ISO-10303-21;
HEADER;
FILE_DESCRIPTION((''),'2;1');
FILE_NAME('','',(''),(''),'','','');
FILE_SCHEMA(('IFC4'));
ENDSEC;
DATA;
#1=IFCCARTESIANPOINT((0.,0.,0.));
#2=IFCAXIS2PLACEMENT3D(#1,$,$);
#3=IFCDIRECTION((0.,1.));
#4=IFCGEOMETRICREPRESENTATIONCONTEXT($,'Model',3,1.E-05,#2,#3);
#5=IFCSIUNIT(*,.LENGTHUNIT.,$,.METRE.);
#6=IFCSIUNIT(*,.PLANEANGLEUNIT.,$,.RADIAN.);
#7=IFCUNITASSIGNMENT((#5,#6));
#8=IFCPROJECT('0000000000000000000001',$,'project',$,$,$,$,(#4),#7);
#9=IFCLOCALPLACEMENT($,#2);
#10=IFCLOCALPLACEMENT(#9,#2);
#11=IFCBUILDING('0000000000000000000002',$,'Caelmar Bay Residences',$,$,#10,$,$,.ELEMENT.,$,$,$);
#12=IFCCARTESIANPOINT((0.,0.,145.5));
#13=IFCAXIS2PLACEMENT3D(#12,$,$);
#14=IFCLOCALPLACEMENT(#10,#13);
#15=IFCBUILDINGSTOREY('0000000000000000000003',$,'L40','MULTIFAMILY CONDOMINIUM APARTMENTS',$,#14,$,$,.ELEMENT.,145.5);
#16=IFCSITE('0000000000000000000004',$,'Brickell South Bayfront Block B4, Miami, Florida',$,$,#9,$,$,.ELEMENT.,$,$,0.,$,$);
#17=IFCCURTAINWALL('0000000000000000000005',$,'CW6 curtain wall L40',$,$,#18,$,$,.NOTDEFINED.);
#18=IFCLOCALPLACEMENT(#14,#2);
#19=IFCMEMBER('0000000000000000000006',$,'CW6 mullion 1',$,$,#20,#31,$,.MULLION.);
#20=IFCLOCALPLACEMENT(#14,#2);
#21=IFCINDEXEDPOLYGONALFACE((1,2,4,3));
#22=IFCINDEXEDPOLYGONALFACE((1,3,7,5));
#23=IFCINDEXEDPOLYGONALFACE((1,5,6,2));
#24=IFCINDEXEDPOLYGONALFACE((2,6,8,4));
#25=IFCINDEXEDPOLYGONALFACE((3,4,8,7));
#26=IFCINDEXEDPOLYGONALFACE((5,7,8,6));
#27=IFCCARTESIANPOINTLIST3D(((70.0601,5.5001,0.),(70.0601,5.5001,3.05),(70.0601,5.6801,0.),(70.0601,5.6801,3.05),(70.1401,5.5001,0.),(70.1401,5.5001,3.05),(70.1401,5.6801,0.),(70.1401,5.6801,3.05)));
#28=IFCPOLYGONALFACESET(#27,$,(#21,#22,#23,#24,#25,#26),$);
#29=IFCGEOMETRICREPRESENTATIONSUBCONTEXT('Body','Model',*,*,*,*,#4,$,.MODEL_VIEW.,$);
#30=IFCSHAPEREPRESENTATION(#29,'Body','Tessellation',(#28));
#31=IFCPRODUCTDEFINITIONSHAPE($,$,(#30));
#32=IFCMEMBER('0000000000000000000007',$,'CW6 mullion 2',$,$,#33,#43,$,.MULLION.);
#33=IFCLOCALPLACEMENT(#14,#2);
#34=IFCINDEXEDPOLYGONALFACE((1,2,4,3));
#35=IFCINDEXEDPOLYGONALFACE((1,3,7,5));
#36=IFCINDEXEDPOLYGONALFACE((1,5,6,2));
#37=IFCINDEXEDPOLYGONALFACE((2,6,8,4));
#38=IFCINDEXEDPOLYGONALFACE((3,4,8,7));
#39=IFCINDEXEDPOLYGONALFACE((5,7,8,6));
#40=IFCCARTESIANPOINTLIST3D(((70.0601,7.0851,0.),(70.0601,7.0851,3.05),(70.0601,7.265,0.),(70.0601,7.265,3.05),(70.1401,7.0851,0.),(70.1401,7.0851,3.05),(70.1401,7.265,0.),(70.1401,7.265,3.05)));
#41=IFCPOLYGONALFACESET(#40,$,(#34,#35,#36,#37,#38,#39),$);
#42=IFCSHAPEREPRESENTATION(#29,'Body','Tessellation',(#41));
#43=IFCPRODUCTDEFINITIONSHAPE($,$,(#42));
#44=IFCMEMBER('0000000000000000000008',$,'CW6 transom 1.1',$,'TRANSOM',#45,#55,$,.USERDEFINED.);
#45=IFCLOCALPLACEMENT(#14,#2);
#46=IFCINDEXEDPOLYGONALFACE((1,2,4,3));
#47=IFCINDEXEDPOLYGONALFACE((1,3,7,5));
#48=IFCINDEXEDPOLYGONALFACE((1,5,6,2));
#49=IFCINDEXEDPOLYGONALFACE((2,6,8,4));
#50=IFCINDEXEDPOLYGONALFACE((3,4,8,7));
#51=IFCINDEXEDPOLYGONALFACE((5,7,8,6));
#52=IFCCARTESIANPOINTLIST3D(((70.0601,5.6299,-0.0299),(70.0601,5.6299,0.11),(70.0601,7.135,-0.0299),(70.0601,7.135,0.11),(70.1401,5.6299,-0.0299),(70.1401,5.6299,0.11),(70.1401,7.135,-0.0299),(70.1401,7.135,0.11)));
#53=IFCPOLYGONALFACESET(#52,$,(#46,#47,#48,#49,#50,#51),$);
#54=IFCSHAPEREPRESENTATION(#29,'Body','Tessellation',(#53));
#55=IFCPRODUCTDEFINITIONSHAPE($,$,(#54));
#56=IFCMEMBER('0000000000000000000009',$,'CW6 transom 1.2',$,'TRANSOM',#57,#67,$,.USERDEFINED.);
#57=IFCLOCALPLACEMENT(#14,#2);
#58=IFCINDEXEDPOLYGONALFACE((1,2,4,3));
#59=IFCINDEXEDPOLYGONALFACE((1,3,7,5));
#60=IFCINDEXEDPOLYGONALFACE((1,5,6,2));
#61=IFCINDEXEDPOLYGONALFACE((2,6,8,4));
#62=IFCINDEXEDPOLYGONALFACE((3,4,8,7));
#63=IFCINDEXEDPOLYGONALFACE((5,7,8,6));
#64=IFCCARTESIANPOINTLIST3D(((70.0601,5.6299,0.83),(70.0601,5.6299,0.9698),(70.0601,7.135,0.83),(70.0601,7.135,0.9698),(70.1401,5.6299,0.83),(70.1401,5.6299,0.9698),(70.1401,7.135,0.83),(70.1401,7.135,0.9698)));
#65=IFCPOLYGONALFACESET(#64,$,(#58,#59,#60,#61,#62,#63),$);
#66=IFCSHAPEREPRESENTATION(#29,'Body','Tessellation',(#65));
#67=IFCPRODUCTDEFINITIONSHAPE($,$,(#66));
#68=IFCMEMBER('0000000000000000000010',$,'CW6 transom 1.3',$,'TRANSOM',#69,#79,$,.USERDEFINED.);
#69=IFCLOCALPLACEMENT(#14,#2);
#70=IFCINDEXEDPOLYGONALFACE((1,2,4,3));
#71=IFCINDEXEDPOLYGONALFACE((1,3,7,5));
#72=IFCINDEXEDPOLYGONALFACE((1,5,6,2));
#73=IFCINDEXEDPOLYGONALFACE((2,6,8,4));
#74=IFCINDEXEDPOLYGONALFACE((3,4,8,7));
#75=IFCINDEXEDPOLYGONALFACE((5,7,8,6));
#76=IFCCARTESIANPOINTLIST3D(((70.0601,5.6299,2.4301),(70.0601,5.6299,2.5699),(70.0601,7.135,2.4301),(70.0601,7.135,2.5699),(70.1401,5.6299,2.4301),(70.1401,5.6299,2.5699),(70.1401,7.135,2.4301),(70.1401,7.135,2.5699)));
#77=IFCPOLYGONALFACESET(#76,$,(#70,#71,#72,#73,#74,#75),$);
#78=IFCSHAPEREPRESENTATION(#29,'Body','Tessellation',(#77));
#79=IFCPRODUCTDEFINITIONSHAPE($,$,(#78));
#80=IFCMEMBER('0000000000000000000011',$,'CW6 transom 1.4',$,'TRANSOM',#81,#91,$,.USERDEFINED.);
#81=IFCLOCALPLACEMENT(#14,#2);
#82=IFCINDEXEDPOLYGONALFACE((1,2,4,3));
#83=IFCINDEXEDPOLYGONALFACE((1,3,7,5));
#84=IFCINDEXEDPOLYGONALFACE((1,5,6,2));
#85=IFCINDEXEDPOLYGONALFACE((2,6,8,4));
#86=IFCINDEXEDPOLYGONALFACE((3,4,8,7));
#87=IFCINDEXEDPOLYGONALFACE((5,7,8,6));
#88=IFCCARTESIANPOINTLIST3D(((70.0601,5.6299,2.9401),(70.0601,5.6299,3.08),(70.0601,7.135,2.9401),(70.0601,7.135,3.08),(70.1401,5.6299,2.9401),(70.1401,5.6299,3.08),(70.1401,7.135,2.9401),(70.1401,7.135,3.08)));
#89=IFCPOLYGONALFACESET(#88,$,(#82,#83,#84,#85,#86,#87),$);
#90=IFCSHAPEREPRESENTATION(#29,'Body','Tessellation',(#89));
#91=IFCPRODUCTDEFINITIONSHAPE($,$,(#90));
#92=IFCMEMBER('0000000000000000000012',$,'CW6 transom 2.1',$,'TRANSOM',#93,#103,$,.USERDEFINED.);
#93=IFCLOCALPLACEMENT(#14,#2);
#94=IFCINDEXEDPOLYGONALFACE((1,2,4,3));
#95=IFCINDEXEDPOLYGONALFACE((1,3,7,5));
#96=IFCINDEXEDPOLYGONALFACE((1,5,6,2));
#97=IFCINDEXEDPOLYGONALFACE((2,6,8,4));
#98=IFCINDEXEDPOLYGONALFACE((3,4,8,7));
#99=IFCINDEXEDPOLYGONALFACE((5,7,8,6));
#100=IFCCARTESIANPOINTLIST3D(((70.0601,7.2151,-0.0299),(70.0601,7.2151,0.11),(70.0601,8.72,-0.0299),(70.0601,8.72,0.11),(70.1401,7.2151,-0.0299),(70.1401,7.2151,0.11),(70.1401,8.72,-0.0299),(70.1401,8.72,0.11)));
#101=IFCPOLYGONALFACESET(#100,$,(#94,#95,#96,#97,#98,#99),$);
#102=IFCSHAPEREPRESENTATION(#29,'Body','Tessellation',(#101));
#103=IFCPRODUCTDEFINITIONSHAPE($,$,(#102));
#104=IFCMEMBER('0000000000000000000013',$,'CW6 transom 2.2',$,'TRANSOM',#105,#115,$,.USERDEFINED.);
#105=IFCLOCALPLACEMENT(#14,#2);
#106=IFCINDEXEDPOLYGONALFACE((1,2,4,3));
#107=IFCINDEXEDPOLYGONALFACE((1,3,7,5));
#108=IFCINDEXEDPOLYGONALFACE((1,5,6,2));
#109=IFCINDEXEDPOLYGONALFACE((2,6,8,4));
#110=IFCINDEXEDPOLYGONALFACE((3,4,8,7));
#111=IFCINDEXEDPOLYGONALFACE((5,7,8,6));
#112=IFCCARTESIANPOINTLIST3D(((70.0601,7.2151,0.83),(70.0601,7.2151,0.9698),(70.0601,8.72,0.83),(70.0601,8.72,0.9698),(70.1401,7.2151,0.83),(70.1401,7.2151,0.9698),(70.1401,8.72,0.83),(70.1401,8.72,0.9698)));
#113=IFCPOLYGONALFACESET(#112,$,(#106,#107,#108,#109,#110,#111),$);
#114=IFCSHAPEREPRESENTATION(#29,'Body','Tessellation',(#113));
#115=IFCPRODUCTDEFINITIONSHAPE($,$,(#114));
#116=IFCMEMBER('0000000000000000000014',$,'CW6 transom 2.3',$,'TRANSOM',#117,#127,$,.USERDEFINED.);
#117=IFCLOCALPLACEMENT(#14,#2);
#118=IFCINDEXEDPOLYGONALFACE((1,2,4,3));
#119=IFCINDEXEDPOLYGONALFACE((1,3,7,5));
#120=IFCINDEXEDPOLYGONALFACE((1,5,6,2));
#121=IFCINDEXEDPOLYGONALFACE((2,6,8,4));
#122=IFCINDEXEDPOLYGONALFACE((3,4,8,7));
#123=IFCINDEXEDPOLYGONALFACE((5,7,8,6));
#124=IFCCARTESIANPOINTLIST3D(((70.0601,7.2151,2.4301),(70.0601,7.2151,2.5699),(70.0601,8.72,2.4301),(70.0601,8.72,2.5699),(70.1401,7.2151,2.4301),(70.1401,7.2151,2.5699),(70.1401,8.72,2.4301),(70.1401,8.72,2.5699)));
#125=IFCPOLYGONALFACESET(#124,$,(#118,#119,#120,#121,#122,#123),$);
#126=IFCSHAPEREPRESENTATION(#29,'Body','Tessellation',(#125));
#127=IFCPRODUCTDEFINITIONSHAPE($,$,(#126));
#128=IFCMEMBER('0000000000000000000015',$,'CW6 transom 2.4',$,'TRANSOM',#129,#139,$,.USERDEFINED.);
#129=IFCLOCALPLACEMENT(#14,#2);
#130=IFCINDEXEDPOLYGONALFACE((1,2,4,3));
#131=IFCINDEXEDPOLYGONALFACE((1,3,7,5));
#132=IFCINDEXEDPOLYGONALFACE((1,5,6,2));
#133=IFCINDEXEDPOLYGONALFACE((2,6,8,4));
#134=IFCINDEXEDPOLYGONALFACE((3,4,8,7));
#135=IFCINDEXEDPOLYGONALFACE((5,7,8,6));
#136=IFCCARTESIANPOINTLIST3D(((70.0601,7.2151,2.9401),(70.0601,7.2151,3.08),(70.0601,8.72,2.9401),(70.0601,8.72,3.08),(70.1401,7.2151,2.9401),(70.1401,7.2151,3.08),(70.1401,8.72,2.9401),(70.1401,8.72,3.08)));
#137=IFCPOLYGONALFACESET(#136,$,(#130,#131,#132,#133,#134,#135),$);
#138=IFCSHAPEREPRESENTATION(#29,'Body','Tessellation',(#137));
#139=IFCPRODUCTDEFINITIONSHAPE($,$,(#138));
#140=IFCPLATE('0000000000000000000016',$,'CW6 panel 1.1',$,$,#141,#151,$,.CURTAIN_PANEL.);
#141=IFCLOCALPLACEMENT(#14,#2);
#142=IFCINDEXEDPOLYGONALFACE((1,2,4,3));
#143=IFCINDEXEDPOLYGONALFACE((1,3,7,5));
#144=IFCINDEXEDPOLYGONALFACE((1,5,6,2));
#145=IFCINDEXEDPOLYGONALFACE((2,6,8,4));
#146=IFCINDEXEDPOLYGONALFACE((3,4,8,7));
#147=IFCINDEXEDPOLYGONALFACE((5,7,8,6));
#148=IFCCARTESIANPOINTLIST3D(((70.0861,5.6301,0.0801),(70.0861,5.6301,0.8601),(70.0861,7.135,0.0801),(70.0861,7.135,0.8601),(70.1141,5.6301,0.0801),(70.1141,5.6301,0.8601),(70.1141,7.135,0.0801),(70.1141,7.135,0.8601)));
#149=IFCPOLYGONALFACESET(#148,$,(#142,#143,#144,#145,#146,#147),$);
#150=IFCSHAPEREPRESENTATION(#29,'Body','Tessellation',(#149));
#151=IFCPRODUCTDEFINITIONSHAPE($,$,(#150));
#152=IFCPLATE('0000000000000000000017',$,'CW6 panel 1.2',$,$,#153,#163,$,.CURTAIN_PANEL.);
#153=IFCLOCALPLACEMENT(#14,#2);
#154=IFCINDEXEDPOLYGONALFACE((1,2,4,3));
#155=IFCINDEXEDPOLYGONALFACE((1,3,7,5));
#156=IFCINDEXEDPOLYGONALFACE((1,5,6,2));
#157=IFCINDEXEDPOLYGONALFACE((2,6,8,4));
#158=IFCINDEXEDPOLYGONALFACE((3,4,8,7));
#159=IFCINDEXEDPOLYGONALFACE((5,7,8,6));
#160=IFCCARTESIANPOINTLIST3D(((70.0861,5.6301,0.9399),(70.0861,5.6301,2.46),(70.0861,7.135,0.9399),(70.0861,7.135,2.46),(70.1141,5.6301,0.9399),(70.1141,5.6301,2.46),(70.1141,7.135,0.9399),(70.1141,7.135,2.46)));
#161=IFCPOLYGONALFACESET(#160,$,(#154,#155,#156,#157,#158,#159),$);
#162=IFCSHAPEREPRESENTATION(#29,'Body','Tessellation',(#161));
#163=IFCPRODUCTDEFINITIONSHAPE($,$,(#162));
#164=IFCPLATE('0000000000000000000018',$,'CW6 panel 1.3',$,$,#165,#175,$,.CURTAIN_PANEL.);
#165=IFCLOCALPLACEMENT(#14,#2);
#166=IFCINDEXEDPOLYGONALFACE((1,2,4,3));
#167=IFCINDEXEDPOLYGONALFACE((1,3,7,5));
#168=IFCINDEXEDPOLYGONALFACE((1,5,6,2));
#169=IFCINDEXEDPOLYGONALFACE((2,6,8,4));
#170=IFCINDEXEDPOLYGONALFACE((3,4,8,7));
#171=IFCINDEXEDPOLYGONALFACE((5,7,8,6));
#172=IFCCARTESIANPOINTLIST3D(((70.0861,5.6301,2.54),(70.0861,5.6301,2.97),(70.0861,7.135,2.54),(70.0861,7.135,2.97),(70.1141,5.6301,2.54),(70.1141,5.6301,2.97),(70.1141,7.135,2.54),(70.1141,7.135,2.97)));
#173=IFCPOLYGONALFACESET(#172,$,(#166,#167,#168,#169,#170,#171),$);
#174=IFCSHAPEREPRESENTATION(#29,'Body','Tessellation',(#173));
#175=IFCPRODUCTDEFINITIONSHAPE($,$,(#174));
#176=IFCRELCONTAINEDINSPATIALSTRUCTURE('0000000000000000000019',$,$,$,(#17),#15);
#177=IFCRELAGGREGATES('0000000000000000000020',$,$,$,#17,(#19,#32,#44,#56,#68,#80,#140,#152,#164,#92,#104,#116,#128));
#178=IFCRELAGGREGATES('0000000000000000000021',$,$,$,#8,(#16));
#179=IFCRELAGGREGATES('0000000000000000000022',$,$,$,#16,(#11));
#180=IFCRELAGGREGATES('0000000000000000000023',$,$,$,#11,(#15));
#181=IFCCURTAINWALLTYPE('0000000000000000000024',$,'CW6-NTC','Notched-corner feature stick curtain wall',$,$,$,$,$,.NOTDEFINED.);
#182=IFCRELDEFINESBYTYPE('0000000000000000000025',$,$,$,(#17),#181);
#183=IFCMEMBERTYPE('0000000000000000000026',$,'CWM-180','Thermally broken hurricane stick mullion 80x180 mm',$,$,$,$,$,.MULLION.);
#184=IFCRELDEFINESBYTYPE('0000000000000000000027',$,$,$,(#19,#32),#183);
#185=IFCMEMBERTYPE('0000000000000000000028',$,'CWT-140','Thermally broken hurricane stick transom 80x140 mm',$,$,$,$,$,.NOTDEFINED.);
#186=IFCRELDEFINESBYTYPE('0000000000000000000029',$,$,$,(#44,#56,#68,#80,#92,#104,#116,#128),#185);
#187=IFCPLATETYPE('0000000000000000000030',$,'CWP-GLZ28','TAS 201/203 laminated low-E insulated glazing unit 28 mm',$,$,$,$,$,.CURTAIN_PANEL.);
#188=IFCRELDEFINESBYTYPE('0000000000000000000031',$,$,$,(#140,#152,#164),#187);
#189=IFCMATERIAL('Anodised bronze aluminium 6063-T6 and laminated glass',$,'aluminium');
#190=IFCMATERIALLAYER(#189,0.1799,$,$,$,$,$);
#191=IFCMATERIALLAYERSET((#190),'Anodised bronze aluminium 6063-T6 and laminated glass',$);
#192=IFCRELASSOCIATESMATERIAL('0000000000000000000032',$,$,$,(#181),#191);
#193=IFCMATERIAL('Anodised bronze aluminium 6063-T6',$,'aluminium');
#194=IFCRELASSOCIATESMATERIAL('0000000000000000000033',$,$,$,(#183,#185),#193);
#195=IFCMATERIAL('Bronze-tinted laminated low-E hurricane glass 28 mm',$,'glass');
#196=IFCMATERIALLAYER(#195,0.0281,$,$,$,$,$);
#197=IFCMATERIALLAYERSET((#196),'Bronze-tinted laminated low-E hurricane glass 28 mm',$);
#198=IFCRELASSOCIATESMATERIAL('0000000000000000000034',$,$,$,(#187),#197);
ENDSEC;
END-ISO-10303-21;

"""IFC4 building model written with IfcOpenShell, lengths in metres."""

from ifc_helpers import new_model, si_unit, direction, frame, origin, origin_2d, place, context, subcontext, project, spatial, rectangle, extrude, material, layer, layer_set, material_profile, profile_set, type_object, element, aggregate, save


model = new_model("IFC4")

# Units and contexts
model_context = context("Model", 3, precision=1e-05, world=origin(), true_north=direction((0.0, 1.0)))
body_context = subcontext(model_context, "Body", "Model", "MODEL_VIEW")
ifc_project = project(units=[si_unit("LENGTHUNIT", "METRE"), si_unit("PLANEANGLEUNIT", "RADIAN")], contexts=[model_context])

# Site, building, storey
site_placement = place(None, origin())
site = spatial("IfcSite", under=ifc_project, at=site_placement, Name="Brickell South Bayfront Block B4, Miami, Florida", CompositionType="ELEMENT", RefElevation=0.0)
building_placement = place(site_placement, origin())
building = spatial("IfcBuilding", under=site, at=building_placement, Name="Caelmar Bay Residences", CompositionType="ELEMENT")
storey_placement = place(building_placement, frame((0.0, 0.0, 145.5)))
storey = spatial("IfcBuildingStorey", under=building, at=storey_placement, Name="L40", Description="MULTIFAMILY CONDOMINIUM APARTMENTS", CompositionType="ELEMENT", Elevation=145.5)

# Curtain wall, members, plates
ifc_material_1 = material(Name="Anodised bronze aluminium 6063-T6 and laminated glass", Category="aluminium")
ifc_layer_1 = layer(ifc_material_1, 0.1799)
ifc_layer_set_1 = layer_set([ifc_layer_1], Name="Anodised bronze aluminium 6063-T6 and laminated glass")
curtain_wall_type = type_object("IfcCurtainWallType", Name="CW6-NTC", Description="Notched-corner feature stick curtain wall", PredefinedType="NOTDEFINED", material=ifc_layer_set_1)
curtain_wall_placement = place(storey_placement, origin())
curtain_wall = element("IfcCurtainWall", 1, at=curtain_wall_placement, inside=storey, type_object=curtain_wall_type, Name="CW6 curtain wall L40", PredefinedType="NOTDEFINED")
ifc_material_2 = material(Name="Anodised bronze aluminium 6063-T6", Category="aluminium")
ifc_material_profile_1 = material_profile(ifc_material_2, rectangle(XDim=0.0801, YDim=0.1799, at=origin_2d()), Name="CWM-80X180")
ifc_profile_set_1 = profile_set([ifc_material_profile_1], Name="Anodised bronze aluminium 6063-T6")
member_type_1 = type_object("IfcMemberType", Name="CWM-180", Description="Thermally broken hurricane stick mullion 80x180 mm", PredefinedType="MULLION", material=ifc_profile_set_1)
member_1_placement = place(storey_placement, frame((70.1001, 5.5901, 0.0), z_axis=(0.0, 0.0, 1.0), x_axis=(-1.0, 0.0, 0.0)))
member_1 = element("IfcMember", 2, at=member_1_placement, type_object=member_type_1, Name="CW6 mullion 1", PredefinedType="MULLION", context=body_context, shape_type="SweptSolid", body=[
    extrude(rectangle(XDim=0.0801, YDim=0.1799, at=origin_2d()), origin(), (0.0, 0.0, 1.0), 3.05),
])
member_2_placement = place(storey_placement, frame((70.1001, 7.175, 0.0), z_axis=(0.0, 0.0, 1.0), x_axis=(-1.0, 0.0, 0.0)))
member_2 = element("IfcMember", 3, at=member_2_placement, type_object=member_type_1, Name="CW6 mullion 2", PredefinedType="MULLION", context=body_context, shape_type="SweptSolid", body=[
    extrude(rectangle(XDim=0.0801, YDim=0.1799, at=origin_2d()), origin(), (0.0, 0.0, 1.0), 3.05),
])
ifc_material_profile_2 = material_profile(ifc_material_2, rectangle(XDim=0.0801, YDim=0.1399, at=origin_2d()), Name="CWT-80X140")
ifc_profile_set_2 = profile_set([ifc_material_profile_2], Name="Anodised bronze aluminium 6063-T6")
member_type_2 = type_object("IfcMemberType", Name="CWT-140", Description="Thermally broken hurricane stick transom 80x140 mm", PredefinedType="NOTDEFINED", material=ifc_profile_set_2)
member_3_placement = place(storey_placement, frame((70.1001, 5.6299, 0.04), z_axis=(0.0, 1.0, 0.0), x_axis=(-1.0, 0.0, 0.0)))
member_3 = element("IfcMember", 4, at=member_3_placement, type_object=member_type_2, Name="CW6 transom 1.1", ObjectType="TRANSOM", PredefinedType="USERDEFINED", context=body_context, shape_type="SweptSolid", body=[
    extrude(rectangle(XDim=0.0801, YDim=0.1399, at=origin_2d()), origin(), (0.0, 0.0, 1.0), 1.5051),
])
member_4_placement = place(storey_placement, frame((70.1001, 5.6299, 0.8999), z_axis=(0.0, 1.0, 0.0), x_axis=(-1.0, 0.0, 0.0)))
member_4 = element("IfcMember", 5, at=member_4_placement, type_object=member_type_2, Name="CW6 transom 1.2", ObjectType="TRANSOM", PredefinedType="USERDEFINED", context=body_context, shape_type="SweptSolid", body=[
    extrude(rectangle(XDim=0.0801, YDim=0.1399, at=origin_2d()), origin(), (0.0, 0.0, 1.0), 1.5051),
])
member_5_placement = place(storey_placement, frame((70.1001, 5.6299, 2.5), z_axis=(0.0, 1.0, 0.0), x_axis=(-1.0, 0.0, 0.0)))
member_5 = element("IfcMember", 6, at=member_5_placement, type_object=member_type_2, Name="CW6 transom 1.3", ObjectType="TRANSOM", PredefinedType="USERDEFINED", context=body_context, shape_type="SweptSolid", body=[
    extrude(rectangle(XDim=0.0801, YDim=0.1399, at=origin_2d()), origin(), (0.0, 0.0, 1.0), 1.5051),
])
member_6_placement = place(storey_placement, frame((70.1001, 5.6299, 3.01), z_axis=(0.0, 1.0, 0.0), x_axis=(-1.0, 0.0, 0.0)))
member_6 = element("IfcMember", 7, at=member_6_placement, type_object=member_type_2, Name="CW6 transom 1.4", ObjectType="TRANSOM", PredefinedType="USERDEFINED", context=body_context, shape_type="SweptSolid", body=[
    extrude(rectangle(XDim=0.0801, YDim=0.1399, at=origin_2d()), origin(), (0.0, 0.0, 1.0), 1.5051),
])
member_7_placement = place(storey_placement, frame((70.1001, 7.2151, 0.04), z_axis=(0.0, 1.0, 0.0), x_axis=(-1.0, 0.0, 0.0)))
member_7 = element("IfcMember", 8, at=member_7_placement, type_object=member_type_2, Name="CW6 transom 2.1", ObjectType="TRANSOM", PredefinedType="USERDEFINED", context=body_context, shape_type="SweptSolid", body=[
    extrude(rectangle(XDim=0.0801, YDim=0.1399, at=origin_2d()), origin(), (0.0, 0.0, 1.0), 1.5049),
])
member_8_placement = place(storey_placement, frame((70.1001, 7.2151, 0.8999), z_axis=(0.0, 1.0, 0.0), x_axis=(-1.0, 0.0, 0.0)))
member_8 = element("IfcMember", 9, at=member_8_placement, type_object=member_type_2, Name="CW6 transom 2.2", ObjectType="TRANSOM", PredefinedType="USERDEFINED", context=body_context, shape_type="SweptSolid", body=[
    extrude(rectangle(XDim=0.0801, YDim=0.1399, at=origin_2d()), origin(), (0.0, 0.0, 1.0), 1.5049),
])
member_9_placement = place(storey_placement, frame((70.1001, 7.2151, 2.5), z_axis=(0.0, 1.0, 0.0), x_axis=(-1.0, 0.0, 0.0)))
member_9 = element("IfcMember", 10, at=member_9_placement, type_object=member_type_2, Name="CW6 transom 2.3", ObjectType="TRANSOM", PredefinedType="USERDEFINED", context=body_context, shape_type="SweptSolid", body=[
    extrude(rectangle(XDim=0.0801, YDim=0.1399, at=origin_2d()), origin(), (0.0, 0.0, 1.0), 1.5049),
])
member_10_placement = place(storey_placement, frame((70.1001, 7.2151, 3.01), z_axis=(0.0, 1.0, 0.0), x_axis=(-1.0, 0.0, 0.0)))
member_10 = element("IfcMember", 11, at=member_10_placement, type_object=member_type_2, Name="CW6 transom 2.4", ObjectType="TRANSOM", PredefinedType="USERDEFINED", context=body_context, shape_type="SweptSolid", body=[
    extrude(rectangle(XDim=0.0801, YDim=0.1399, at=origin_2d()), origin(), (0.0, 0.0, 1.0), 1.5049),
])
ifc_material_3 = material(Name="Bronze-tinted laminated low-E hurricane glass 28 mm", Category="glass")
ifc_layer_2 = layer(ifc_material_3, 0.0281)
ifc_layer_set_2 = layer_set([ifc_layer_2], Name="Bronze-tinted laminated low-E hurricane glass 28 mm")
plate_type = type_object("IfcPlateType", Name="CWP-GLZ28", Description="TAS 201/203 laminated low-E insulated glazing unit 28 mm", PredefinedType="CURTAIN_PANEL", material=ifc_layer_set_2)
plate_1_placement = place(storey_placement, frame((70.1001, 6.3826, 0.0801), z_axis=(0.0, 0.0, 1.0), x_axis=(0.0, 1.0, 0.0)))
plate_1 = element("IfcPlate", 12, at=plate_1_placement, type_object=plate_type, Name="CW6 panel 1.1", PredefinedType="CURTAIN_PANEL", context=body_context, shape_type="SweptSolid", body=[
    extrude(rectangle(XDim=1.5049, YDim=0.0281, at=origin_2d()), origin(), (0.0, 0.0, 1.0), 0.78),
])
plate_2_placement = place(storey_placement, frame((70.1001, 6.3826, 0.9399), z_axis=(0.0, 0.0, 1.0), x_axis=(0.0, 1.0, 0.0)))
plate_2 = element("IfcPlate", 13, at=plate_2_placement, type_object=plate_type, Name="CW6 panel 1.2", PredefinedType="CURTAIN_PANEL", context=body_context, shape_type="SweptSolid", body=[
    extrude(rectangle(XDim=1.5049, YDim=0.0281, at=origin_2d()), origin(), (0.0, 0.0, 1.0), 1.52),
])
plate_3_placement = place(storey_placement, frame((70.1001, 6.3826, 2.54), z_axis=(0.0, 0.0, 1.0), x_axis=(0.0, 1.0, 0.0)))
plate_3 = element("IfcPlate", 14, at=plate_3_placement, type_object=plate_type, Name="CW6 panel 1.3", PredefinedType="CURTAIN_PANEL", context=body_context, shape_type="SweptSolid", body=[
    extrude(rectangle(XDim=1.5049, YDim=0.0281, at=origin_2d()), origin(), (0.0, 0.0, 1.0), 0.4299),
])
aggregate(curtain_wall, [member_1, member_2, member_3, member_4, member_5, member_6, plate_1, plate_2, plate_3, member_7, member_8, member_9, member_10])

save(model, "model.ifc")
